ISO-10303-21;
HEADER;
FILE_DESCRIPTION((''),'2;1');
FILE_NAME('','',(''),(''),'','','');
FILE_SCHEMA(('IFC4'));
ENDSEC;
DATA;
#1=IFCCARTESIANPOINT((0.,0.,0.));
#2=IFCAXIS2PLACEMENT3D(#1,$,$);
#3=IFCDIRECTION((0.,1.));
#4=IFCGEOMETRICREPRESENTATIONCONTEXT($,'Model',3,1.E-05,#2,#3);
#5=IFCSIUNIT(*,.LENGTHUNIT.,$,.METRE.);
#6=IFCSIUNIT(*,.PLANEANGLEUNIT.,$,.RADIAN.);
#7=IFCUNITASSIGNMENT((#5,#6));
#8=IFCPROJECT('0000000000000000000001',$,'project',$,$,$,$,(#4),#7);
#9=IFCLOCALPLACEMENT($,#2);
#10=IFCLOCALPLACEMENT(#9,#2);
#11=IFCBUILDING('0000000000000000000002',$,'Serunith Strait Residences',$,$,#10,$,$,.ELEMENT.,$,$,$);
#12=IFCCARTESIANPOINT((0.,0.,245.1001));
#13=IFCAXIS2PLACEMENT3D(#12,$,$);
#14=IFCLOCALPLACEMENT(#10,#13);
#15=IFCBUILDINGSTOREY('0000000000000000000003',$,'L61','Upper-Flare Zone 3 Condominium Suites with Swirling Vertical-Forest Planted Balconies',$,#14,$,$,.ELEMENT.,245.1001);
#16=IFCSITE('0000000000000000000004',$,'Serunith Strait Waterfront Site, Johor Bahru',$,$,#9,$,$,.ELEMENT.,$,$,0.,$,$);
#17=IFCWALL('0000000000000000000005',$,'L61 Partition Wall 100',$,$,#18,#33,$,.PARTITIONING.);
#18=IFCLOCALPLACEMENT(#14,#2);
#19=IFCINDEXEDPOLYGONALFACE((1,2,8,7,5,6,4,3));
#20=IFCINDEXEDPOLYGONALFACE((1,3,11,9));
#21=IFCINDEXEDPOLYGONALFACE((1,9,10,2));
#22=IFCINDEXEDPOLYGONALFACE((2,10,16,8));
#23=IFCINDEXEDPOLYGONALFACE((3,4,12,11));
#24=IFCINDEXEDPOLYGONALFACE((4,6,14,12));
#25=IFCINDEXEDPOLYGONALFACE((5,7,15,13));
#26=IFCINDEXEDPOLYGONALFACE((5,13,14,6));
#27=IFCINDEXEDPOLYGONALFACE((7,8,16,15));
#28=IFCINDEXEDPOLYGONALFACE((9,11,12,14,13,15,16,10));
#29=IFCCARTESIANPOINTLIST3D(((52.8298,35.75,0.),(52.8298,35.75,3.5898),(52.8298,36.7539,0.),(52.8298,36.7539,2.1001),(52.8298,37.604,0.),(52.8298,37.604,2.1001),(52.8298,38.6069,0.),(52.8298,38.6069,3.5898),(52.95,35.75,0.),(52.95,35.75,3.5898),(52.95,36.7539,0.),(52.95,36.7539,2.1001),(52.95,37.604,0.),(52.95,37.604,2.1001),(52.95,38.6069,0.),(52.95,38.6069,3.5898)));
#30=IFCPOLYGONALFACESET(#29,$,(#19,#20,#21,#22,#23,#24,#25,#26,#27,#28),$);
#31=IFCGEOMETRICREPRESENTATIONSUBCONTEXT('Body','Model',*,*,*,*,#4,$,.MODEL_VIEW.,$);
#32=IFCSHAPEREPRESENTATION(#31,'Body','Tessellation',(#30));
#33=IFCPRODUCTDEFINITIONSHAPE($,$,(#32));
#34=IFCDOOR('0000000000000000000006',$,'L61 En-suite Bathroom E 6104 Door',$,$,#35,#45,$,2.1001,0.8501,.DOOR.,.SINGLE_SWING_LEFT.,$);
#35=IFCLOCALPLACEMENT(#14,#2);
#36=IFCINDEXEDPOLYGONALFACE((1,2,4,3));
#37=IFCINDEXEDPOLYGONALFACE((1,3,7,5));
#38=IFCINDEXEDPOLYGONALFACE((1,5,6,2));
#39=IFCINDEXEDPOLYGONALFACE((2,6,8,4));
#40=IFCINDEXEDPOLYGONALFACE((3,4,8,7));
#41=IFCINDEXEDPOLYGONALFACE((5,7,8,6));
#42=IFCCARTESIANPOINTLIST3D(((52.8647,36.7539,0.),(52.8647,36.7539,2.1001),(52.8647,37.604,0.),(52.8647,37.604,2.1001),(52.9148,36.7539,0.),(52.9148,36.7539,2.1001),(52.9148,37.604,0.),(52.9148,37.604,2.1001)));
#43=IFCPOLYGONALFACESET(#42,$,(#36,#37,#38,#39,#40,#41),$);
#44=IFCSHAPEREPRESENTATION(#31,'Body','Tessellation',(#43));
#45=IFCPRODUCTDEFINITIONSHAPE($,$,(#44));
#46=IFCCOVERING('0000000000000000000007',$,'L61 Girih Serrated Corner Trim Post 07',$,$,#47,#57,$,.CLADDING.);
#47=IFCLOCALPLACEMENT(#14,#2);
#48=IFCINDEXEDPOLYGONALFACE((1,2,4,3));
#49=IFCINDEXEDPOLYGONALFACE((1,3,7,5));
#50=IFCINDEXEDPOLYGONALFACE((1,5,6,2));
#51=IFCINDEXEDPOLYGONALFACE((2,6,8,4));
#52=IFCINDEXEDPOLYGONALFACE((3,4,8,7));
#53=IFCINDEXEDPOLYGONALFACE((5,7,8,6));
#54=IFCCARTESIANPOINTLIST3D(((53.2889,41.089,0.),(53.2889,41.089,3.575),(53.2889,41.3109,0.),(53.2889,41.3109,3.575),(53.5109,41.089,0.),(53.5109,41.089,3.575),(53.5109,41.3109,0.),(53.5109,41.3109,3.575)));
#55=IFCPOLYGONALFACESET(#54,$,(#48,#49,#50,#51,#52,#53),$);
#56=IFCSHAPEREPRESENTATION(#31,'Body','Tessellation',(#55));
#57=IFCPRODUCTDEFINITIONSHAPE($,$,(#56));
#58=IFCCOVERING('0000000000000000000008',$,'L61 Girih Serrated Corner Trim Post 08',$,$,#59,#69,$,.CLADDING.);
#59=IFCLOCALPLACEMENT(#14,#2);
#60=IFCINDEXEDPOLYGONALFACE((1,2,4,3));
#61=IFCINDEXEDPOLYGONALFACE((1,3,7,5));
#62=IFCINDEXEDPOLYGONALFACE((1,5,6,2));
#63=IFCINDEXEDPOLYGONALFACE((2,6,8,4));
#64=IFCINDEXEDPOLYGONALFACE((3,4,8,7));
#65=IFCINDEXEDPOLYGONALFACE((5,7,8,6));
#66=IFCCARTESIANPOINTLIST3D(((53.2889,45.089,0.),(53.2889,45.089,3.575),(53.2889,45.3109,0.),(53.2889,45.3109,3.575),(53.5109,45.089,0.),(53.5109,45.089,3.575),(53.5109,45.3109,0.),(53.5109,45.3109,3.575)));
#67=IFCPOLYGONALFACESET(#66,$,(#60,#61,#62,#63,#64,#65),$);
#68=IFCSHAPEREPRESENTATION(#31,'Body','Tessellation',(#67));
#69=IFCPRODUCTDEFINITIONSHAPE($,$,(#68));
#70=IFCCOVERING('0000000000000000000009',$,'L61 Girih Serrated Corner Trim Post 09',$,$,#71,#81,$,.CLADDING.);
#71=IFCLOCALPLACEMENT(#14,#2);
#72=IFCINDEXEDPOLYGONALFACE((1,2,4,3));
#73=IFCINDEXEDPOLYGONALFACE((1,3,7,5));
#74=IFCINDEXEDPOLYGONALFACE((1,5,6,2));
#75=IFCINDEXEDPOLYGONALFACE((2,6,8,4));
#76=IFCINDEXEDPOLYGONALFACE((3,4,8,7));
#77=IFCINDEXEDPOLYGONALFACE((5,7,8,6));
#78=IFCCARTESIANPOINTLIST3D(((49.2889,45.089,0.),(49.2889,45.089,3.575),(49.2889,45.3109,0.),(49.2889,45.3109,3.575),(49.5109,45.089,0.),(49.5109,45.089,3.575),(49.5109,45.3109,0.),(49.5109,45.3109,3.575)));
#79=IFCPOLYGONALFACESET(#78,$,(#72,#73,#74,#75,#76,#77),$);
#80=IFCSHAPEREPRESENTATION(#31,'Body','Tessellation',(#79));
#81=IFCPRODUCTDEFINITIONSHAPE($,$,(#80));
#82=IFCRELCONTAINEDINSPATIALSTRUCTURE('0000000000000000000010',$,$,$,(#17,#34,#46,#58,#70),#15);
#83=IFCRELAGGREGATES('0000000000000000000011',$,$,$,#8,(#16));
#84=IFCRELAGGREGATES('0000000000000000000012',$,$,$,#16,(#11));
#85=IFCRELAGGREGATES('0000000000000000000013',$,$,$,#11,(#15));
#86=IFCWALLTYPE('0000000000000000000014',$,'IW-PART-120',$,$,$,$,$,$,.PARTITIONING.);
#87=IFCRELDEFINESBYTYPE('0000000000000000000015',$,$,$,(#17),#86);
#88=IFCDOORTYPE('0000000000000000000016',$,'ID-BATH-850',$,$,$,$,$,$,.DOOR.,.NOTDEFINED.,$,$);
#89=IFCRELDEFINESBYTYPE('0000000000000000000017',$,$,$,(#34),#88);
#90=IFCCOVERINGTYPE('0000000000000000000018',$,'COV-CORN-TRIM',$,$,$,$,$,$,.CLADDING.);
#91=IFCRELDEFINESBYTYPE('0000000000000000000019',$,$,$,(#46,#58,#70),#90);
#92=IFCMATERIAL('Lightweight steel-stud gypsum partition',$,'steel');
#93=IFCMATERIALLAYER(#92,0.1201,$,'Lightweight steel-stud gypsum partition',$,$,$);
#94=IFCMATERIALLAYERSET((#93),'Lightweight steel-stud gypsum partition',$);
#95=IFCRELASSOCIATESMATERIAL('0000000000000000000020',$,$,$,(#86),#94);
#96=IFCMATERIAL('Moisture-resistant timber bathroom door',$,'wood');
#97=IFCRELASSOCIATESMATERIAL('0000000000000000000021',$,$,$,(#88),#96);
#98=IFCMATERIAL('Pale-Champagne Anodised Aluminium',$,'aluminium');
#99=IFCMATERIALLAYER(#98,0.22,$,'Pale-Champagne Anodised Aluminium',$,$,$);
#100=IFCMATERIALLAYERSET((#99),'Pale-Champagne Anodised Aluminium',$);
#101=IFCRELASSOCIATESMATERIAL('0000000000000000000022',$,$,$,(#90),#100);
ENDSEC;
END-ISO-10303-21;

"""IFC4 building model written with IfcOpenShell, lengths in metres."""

from ifc_helpers import new_model, si_unit, direction, frame, frame_2d, origin, origin_2d, place, context, subcontext, project, spatial, rectangle, extrude, source, transform, mapped, material, layer, layer_set, type_object, element, fill, save


model = new_model("IFC4")

# Units and contexts
model_context = context("Model", 3, precision=1e-05, world=origin(), true_north=direction((0.0, 1.0)))
body_context = subcontext(model_context, "Body", "Model", "MODEL_VIEW")
ifc_project = project(units=[si_unit("LENGTHUNIT", "METRE"), si_unit("PLANEANGLEUNIT", "RADIAN")], contexts=[model_context])

# Site, building, storey
site_placement = place(None, origin())
site = spatial("IfcSite", under=ifc_project, at=site_placement, Name="Serunith Strait Waterfront Site, Johor Bahru", CompositionType="ELEMENT", RefElevation=0.0)
building_placement = place(site_placement, origin())
building = spatial("IfcBuilding", under=site, at=building_placement, Name="Serunith Strait Residences", CompositionType="ELEMENT")
storey_placement = place(building_placement, frame((0.0, 0.0, 245.1001)))
storey = spatial("IfcBuildingStorey", under=building, at=storey_placement, Name="L61", Description="Upper-Flare Zone 3 Condominium Suites with Swirling Vertical-Forest Planted Balconies", CompositionType="ELEMENT", Elevation=245.1001)

# Shared definitions
ifc_material_1 = material(Name="Pale-Champagne Anodised Aluminium", Category="aluminium")

# Shared definitions
ifc_material_2 = material(Name="Lightweight steel-stud gypsum partition", Category="steel")
ifc_layer_1 = layer(ifc_material_2, 0.1201, Name="Lightweight steel-stud gypsum partition")
ifc_layer_set_1 = layer_set([ifc_layer_1], Name="Lightweight steel-stud gypsum partition")
wall_type_1 = type_object("IfcWallType", Name="IW-PART-120", PredefinedType="PARTITIONING", material=ifc_layer_set_1)

# Wall, opening, door
wall_1_placement = place(storey_placement, frame((52.8899, 38.6069, 0.0), z_axis=(0.0, 0.0, 1.0), x_axis=(0.0, -1.0, 0.0)))
wall_1 = element("IfcWall", 1, at=wall_1_placement, inside=storey, type_object=wall_type_1, Name="L61 Partition Wall 100", PredefinedType="PARTITIONING", context=body_context, shape_type="SweptSolid", body=[
    extrude(rectangle(XDim=2.8569, YDim=0.1201, at=frame_2d((1.4285, 0.0))), origin(), (0.0, 0.0, 1.0), 3.5898),
])
opening_1_placement = place(wall_1_placement, frame((1.0029, 0.0, 0.0)))
opening_1 = element("IfcOpeningElement", 2, at=opening_1_placement, cuts=wall_1, PredefinedType="OPENING", context=body_context, shape_type="SweptSolid", body=[
    extrude(rectangle(XDim=0.8501, YDim=2.1001, at=frame_2d((0.425, 1.05))), frame((0.0, 0.0701, 0.0), z_axis=(0.0, -1.0, 0.0), x_axis=(1.0, 0.0, 0.0)), (0.0, 0.0, 1.0), 0.1401),
])
ifc_material_3 = material(Name="Moisture-resistant timber bathroom door", Category="wood")
door_type = type_object("IfcDoorType", Name="ID-BATH-850", OperationType="NOTDEFINED", PredefinedType="DOOR", material=ifc_material_3)
shared_shape_1 = source(origin(), body_context, "Body", "SweptSolid", [
    extrude(rectangle(XDim=0.8501, YDim=2.1001, at=frame_2d((0.425, 1.05))), frame((0.0, 0.0249, 0.0), z_axis=(0.0, -1.0, 0.0), x_axis=(1.0, 0.0, 0.0)), (0.0, 0.0, 1.0), 0.05),
])
door_placement = place(opening_1_placement, origin())
door = element("IfcDoor", 3, at=door_placement, inside=storey, type_object=door_type, Name="L61 En-suite Bathroom E 6104 Door", OperationType="SINGLE_SWING_LEFT", OverallHeight=2.1001, OverallWidth=0.8501, PredefinedType="DOOR", context=body_context, shape_type="MappedRepresentation", body=[
    mapped(shared_shape_1, transform((0.0, 0.0, 0.0), scale=1.0)),
])
fill(opening_1, door)

# Coverings
ifc_layer_2 = layer(ifc_material_1, 0.22, Name="Pale-Champagne Anodised Aluminium")
ifc_layer_set_2 = layer_set([ifc_layer_2], Name="Pale-Champagne Anodised Aluminium")
covering_type = type_object("IfcCoveringType", Name="COV-CORN-TRIM", PredefinedType="CLADDING", material=ifc_layer_set_2)
shared_shape_2 = source(origin(), body_context, "Body", "SweptSolid", [
    extrude(rectangle(XDim=0.2219, YDim=0.2219, at=origin_2d()), origin(), (0.0, 0.0, 1.0), 3.575),
])
for number, where, z_axis, x_axis, name in (
    (4, (53.3999, 41.2, 0.0), (0.0, 0.0, 1.0), (1.0, 0.0, 0.0), "L61 Girih Serrated Corner Trim Post 07"),
    (5, (53.3999, 45.2, 0.0), (0.0, 0.0, 1.0), (1.0, 0.0, 0.0), "L61 Girih Serrated Corner Trim Post 08"),
    (6, (49.3999, 45.2, 0.0), (0.0, 0.0, 1.0), (1.0, 0.0, 0.0), "L61 Girih Serrated Corner Trim Post 09"),
):
    element("IfcCovering", number, at=place(storey_placement, frame(where, z_axis=z_axis, x_axis=x_axis)), inside=storey, type_object=covering_type, Name=name, PredefinedType="CLADDING", context=body_context, shape_type="MappedRepresentation", body=[
        mapped(shared_shape_2, transform((0.0, 0.0, 0.0), scale=1.0)),
    ])

save(model, "model.ifc")
